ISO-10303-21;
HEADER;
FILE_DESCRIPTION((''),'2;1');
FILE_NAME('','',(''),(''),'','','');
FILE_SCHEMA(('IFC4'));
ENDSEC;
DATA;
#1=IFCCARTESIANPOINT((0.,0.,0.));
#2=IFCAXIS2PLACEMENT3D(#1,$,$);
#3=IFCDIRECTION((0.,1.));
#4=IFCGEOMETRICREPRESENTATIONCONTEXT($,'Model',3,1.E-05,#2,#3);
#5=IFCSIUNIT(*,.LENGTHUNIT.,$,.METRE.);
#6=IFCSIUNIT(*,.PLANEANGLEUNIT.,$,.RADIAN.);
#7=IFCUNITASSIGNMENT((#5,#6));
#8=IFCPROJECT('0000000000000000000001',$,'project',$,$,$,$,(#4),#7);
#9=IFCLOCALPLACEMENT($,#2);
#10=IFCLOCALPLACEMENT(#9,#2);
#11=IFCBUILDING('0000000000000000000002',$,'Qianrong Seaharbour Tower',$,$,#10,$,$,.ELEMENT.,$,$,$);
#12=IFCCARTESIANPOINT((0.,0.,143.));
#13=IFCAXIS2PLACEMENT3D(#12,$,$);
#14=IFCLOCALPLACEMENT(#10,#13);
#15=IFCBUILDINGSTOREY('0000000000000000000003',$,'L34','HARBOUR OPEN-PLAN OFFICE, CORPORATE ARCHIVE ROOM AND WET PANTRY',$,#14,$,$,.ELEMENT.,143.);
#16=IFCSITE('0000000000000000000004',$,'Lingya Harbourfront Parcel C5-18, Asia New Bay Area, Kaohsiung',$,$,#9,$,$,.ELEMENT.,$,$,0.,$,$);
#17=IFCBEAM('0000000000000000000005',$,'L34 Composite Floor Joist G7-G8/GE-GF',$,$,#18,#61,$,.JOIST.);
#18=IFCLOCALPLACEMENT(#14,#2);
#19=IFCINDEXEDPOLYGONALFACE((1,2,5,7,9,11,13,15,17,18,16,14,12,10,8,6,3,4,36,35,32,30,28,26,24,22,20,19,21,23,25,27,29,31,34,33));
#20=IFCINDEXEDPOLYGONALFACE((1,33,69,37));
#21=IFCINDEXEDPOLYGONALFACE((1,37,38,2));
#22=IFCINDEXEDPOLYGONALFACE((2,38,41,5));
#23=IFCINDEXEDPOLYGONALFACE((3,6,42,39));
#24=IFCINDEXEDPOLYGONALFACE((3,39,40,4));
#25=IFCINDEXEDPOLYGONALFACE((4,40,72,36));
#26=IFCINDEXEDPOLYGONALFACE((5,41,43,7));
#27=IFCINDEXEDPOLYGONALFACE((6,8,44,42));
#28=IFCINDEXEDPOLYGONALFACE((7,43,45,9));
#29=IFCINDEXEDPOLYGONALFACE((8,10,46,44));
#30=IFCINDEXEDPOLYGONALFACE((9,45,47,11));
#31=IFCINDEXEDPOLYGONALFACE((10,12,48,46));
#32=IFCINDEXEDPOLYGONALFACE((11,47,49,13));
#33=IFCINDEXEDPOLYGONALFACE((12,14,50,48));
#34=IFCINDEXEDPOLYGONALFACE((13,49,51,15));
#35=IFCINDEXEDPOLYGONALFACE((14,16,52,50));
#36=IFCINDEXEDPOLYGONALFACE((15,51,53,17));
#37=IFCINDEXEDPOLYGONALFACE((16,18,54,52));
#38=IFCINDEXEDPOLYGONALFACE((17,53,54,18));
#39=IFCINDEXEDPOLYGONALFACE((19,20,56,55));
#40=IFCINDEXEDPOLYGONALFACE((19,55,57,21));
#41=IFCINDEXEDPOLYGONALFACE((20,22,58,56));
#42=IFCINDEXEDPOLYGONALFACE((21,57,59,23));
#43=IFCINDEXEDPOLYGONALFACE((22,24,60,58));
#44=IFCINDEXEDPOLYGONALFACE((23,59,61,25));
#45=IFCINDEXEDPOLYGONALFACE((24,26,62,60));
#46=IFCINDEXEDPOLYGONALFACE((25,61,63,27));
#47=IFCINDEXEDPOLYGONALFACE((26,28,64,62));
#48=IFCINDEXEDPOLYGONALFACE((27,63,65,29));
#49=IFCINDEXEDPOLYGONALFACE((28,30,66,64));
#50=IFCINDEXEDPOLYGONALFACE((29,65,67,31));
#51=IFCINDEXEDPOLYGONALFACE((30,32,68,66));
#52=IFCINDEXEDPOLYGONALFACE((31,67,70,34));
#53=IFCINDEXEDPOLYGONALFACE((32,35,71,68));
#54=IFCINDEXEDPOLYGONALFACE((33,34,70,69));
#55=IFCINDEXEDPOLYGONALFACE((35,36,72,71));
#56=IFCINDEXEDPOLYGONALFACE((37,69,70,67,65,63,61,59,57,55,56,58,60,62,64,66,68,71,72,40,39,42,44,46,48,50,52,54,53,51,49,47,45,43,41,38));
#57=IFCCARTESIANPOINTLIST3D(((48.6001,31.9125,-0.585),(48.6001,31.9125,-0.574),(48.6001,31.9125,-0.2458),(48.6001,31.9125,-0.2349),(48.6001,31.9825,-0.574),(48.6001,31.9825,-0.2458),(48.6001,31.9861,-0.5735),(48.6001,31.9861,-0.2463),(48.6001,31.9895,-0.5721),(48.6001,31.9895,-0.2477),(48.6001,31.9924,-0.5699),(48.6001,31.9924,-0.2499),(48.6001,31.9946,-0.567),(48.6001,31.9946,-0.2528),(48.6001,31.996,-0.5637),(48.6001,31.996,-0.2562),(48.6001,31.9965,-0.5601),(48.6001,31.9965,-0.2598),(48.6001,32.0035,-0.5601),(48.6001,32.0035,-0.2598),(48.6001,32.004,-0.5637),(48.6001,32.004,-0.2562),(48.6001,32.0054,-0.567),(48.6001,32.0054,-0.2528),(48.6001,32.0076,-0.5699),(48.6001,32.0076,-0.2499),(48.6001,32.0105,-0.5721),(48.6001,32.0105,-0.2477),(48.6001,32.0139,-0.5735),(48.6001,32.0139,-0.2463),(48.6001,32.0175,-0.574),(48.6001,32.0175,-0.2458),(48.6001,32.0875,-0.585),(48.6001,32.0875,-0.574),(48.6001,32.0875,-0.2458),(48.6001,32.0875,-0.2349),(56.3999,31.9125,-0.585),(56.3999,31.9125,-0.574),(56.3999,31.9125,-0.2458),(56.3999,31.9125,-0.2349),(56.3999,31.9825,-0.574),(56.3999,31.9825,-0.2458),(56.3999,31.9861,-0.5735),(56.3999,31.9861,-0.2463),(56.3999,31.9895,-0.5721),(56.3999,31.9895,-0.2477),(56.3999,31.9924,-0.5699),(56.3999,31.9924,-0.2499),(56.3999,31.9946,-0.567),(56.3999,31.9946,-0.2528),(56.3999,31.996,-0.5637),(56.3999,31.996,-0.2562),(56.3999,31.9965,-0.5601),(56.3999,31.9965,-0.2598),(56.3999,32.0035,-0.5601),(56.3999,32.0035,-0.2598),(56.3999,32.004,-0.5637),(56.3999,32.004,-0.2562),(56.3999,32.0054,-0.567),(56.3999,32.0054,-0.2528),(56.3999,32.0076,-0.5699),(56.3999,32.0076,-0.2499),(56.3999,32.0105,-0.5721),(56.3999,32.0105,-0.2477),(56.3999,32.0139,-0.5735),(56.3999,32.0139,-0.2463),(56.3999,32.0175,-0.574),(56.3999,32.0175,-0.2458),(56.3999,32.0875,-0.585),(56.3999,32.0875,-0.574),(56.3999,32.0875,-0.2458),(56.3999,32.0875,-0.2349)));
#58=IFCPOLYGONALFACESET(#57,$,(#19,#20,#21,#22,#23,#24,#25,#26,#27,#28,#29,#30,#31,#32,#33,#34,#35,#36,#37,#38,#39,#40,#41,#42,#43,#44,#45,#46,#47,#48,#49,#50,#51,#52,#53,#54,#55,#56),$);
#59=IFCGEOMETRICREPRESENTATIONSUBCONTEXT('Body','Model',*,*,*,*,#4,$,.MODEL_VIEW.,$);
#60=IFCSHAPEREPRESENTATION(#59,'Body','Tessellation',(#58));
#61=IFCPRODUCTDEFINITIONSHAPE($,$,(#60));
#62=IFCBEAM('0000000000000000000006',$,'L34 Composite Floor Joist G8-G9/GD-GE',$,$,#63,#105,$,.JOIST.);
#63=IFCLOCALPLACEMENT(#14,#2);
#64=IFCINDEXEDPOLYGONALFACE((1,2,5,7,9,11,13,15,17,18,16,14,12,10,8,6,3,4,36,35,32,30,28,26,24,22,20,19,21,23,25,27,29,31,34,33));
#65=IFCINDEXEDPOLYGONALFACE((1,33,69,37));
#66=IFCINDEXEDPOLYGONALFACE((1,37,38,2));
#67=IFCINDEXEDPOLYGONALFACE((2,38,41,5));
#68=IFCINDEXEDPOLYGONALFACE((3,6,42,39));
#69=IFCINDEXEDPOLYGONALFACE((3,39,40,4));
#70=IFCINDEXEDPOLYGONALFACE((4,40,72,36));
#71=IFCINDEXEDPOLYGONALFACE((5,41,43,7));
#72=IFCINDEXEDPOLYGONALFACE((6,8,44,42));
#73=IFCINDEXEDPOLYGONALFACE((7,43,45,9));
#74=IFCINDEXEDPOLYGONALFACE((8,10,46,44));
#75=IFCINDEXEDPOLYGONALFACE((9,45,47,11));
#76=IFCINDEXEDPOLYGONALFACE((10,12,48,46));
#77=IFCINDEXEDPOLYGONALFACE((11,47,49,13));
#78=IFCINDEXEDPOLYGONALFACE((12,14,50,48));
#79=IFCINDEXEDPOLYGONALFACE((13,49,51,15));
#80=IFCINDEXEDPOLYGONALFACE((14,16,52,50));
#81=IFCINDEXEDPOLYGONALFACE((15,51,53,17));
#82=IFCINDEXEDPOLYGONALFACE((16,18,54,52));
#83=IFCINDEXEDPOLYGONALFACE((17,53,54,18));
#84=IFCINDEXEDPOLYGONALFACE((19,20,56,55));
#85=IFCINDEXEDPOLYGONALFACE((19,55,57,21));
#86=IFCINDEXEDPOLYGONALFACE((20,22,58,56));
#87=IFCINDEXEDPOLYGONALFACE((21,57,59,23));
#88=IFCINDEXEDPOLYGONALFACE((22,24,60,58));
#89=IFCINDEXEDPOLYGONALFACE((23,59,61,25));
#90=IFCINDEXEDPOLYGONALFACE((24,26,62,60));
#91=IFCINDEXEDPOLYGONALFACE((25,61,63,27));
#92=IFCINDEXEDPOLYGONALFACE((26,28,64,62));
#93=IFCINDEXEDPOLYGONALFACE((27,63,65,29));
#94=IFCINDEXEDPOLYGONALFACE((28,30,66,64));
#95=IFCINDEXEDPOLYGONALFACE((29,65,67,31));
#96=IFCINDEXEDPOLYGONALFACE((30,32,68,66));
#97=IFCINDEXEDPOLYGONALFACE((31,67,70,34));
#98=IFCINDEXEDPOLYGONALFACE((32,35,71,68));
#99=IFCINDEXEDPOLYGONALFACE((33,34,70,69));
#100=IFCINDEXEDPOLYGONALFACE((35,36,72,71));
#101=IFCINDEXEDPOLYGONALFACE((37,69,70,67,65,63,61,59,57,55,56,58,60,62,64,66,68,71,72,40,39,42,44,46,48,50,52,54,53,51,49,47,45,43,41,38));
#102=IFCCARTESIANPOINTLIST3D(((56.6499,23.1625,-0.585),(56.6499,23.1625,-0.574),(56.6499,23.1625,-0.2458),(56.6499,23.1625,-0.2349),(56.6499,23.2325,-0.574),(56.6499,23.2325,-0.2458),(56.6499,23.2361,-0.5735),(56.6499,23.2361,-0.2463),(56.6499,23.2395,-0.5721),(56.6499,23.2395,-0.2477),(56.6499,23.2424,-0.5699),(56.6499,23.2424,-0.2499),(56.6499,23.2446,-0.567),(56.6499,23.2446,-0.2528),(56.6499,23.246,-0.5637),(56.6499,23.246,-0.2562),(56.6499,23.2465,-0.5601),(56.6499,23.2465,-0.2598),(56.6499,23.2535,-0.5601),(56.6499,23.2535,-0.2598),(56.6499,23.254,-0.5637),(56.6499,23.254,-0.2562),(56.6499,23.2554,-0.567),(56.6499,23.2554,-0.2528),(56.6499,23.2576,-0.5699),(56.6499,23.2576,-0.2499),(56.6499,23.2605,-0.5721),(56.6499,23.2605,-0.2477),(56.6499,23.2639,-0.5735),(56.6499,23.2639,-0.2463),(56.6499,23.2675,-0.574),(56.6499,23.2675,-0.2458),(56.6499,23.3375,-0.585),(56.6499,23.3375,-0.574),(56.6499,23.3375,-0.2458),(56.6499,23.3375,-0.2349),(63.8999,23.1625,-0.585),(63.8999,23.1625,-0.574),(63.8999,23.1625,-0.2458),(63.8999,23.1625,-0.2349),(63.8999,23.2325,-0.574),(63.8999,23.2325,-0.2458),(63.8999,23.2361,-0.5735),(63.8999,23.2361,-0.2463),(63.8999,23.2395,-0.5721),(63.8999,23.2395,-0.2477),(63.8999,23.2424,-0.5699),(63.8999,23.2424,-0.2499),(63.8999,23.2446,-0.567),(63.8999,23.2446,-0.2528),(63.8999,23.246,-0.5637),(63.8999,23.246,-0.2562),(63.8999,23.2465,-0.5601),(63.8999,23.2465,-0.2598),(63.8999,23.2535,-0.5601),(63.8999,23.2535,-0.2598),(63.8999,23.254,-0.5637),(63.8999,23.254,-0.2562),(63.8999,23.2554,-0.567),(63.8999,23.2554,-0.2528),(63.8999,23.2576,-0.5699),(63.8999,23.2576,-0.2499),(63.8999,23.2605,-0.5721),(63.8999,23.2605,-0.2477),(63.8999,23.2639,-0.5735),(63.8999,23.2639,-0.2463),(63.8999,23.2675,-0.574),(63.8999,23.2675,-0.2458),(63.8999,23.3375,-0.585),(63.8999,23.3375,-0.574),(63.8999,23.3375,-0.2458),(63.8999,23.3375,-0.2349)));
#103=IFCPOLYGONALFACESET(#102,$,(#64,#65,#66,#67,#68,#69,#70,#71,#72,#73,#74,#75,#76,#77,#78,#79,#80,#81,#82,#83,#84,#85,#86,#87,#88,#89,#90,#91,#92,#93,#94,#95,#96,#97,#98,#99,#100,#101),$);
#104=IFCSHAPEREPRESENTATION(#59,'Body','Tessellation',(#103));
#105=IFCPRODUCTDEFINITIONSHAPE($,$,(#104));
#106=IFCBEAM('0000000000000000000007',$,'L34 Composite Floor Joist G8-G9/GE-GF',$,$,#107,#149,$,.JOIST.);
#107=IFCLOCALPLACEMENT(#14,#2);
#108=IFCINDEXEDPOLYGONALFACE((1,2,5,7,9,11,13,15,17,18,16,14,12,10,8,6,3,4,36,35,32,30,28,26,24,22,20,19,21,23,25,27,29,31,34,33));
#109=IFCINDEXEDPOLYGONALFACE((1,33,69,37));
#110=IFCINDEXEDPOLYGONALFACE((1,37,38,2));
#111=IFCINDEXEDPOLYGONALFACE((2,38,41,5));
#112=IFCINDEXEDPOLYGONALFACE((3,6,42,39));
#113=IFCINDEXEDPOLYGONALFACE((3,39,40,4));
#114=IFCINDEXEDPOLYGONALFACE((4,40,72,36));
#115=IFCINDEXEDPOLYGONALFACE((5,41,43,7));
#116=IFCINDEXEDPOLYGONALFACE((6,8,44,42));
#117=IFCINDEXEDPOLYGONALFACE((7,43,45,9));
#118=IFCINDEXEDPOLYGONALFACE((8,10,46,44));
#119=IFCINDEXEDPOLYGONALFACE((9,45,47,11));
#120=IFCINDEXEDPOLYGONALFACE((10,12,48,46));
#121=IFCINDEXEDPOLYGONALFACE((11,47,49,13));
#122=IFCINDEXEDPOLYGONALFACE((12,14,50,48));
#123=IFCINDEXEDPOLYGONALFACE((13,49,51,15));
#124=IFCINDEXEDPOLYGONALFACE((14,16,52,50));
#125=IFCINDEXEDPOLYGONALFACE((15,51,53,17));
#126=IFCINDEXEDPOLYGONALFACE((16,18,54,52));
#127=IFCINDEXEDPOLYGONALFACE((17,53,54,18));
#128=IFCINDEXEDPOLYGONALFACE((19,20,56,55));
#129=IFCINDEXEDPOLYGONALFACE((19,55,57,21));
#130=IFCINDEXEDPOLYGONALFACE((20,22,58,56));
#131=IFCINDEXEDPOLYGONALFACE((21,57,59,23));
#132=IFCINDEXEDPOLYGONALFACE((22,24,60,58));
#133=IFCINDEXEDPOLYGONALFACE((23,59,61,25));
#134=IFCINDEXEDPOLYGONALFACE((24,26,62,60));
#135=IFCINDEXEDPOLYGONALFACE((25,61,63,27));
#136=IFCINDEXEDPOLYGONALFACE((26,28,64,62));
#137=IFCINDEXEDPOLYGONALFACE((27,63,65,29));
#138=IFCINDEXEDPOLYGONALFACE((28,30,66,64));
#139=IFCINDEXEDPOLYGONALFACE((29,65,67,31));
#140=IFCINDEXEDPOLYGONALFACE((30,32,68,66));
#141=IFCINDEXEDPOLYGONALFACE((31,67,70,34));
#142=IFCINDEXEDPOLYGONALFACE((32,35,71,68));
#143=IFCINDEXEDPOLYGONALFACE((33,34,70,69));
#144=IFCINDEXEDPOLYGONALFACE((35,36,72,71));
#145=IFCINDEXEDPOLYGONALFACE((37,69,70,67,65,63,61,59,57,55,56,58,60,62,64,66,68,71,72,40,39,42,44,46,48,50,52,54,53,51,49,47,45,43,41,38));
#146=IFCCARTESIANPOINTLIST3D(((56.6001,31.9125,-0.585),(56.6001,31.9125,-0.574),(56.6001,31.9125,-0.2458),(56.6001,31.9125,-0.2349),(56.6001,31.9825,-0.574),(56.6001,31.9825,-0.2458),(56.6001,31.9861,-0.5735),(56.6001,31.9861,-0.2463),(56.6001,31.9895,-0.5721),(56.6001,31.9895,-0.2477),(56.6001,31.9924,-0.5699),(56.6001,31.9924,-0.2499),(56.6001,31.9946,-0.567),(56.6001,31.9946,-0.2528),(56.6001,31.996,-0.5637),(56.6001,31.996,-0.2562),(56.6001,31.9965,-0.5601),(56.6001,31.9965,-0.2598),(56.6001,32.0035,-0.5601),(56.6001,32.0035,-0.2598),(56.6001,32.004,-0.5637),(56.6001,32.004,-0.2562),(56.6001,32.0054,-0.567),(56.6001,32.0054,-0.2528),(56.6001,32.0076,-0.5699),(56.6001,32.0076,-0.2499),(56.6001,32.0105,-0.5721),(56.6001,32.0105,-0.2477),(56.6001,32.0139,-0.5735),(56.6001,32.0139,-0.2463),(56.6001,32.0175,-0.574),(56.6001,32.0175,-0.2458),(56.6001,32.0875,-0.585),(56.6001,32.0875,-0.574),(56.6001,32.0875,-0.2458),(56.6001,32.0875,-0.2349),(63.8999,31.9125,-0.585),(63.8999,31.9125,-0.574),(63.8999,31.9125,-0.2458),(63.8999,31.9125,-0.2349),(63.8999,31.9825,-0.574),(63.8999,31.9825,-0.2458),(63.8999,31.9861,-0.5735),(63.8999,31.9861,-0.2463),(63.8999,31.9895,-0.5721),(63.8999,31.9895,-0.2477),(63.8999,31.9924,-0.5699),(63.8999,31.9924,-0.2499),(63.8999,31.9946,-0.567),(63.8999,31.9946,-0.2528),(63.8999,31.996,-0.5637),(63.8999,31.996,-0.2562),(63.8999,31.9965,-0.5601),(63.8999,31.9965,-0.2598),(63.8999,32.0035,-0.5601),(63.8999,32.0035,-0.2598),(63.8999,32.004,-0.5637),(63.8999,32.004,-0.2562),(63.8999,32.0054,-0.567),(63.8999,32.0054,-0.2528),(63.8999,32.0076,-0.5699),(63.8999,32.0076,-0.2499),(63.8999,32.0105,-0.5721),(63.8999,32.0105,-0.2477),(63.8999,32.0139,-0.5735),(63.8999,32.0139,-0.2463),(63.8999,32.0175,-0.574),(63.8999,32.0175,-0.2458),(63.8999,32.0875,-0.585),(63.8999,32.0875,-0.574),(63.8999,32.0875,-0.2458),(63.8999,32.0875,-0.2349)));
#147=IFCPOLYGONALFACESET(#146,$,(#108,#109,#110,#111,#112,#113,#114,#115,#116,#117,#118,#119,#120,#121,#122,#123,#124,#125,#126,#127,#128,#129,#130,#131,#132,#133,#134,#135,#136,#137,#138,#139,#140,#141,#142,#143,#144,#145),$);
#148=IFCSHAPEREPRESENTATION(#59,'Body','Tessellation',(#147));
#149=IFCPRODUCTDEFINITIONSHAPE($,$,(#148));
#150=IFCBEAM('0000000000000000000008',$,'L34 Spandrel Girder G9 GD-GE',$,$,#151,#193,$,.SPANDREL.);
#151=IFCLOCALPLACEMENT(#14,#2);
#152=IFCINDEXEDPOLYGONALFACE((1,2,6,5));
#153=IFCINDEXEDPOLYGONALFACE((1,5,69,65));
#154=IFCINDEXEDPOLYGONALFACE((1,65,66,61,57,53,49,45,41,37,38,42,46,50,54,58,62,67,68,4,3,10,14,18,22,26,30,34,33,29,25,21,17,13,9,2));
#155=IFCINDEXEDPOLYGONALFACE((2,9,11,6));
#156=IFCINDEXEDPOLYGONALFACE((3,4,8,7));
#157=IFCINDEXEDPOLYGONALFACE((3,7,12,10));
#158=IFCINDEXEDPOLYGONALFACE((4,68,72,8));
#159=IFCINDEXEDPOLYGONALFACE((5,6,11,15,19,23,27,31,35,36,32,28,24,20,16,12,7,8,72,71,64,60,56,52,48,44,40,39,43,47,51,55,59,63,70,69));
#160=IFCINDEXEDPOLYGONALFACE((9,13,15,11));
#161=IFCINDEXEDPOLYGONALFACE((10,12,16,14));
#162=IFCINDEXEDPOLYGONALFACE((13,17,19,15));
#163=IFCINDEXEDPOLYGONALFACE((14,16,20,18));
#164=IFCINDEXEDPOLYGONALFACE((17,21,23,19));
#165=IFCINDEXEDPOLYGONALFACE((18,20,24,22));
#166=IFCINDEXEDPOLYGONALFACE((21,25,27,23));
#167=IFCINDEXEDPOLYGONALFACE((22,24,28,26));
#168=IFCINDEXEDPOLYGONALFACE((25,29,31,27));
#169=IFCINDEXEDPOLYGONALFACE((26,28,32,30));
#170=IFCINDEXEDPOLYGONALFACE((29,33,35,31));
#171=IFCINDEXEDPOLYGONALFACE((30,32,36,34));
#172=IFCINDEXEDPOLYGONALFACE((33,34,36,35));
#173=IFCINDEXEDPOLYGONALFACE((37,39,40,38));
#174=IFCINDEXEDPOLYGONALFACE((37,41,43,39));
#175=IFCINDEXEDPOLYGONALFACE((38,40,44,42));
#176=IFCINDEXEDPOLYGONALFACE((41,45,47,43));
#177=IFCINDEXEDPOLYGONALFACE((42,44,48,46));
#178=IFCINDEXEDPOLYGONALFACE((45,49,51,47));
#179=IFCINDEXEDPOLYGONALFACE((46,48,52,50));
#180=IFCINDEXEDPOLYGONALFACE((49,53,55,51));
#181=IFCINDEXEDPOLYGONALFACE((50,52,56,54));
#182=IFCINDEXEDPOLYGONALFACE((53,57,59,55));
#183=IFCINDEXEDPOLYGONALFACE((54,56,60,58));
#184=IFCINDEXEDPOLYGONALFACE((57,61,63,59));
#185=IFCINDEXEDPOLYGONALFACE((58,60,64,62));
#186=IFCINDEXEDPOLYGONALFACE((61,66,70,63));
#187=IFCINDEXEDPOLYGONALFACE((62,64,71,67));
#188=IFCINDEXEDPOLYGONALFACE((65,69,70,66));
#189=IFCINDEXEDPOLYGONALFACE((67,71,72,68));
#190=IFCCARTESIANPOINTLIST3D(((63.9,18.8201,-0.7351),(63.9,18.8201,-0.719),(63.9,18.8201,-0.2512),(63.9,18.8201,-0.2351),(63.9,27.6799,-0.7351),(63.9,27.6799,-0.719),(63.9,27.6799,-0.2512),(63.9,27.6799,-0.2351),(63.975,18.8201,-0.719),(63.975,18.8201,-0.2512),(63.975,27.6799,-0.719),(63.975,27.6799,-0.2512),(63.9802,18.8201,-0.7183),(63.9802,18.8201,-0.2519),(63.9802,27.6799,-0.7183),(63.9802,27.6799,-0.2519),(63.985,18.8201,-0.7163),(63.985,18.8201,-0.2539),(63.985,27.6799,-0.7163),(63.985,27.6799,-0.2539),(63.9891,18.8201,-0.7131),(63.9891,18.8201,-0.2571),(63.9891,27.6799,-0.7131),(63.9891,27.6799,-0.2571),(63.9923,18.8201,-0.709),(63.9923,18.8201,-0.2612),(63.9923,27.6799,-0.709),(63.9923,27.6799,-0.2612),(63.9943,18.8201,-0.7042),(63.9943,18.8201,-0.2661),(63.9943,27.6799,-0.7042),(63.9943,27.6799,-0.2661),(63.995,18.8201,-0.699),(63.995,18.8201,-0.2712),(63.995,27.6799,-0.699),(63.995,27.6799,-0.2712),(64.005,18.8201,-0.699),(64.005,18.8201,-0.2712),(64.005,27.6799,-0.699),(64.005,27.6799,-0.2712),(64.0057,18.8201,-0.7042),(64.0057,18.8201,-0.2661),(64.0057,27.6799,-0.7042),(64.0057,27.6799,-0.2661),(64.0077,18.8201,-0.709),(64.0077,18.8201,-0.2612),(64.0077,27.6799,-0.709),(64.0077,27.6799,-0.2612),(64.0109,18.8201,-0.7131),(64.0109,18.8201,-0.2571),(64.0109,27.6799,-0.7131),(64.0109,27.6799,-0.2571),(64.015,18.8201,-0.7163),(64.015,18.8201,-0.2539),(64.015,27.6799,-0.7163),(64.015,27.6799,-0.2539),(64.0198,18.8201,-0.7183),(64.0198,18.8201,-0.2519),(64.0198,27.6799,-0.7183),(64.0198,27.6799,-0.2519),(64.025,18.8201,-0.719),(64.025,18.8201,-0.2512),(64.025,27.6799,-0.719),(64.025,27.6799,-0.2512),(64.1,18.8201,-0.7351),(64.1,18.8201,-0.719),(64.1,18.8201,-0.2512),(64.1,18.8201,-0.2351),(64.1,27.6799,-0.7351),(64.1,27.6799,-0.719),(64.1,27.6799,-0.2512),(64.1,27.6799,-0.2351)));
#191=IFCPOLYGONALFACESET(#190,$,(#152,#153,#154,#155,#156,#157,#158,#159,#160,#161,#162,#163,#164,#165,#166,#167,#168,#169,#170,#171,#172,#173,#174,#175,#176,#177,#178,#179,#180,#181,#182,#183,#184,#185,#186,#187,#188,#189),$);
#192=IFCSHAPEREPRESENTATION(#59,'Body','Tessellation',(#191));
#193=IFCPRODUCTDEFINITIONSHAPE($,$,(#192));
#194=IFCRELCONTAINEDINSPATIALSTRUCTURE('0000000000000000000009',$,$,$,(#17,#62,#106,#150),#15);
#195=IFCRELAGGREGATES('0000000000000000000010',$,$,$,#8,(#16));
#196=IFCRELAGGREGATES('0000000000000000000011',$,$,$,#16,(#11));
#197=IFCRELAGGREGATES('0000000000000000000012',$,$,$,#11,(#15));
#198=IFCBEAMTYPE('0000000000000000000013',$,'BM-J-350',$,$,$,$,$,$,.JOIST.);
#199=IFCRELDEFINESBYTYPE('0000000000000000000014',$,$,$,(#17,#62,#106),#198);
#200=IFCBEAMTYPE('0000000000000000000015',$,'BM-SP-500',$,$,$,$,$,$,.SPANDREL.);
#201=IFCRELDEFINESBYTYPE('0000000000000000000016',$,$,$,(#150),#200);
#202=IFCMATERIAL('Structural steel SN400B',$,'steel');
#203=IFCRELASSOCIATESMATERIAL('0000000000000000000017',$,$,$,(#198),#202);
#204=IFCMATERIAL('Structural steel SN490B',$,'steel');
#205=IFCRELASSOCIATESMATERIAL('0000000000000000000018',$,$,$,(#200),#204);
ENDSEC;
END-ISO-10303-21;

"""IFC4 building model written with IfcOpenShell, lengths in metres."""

from ifc_helpers import new_model, si_unit, direction, frame, origin, origin_2d, place, context, subcontext, project, spatial, i_section, extrude, material, material_profile, profile_set, type_object, element, save


model = new_model("IFC4")

# Units and contexts
model_context = context("Model", 3, precision=1e-05, world=origin(), true_north=direction((0.0, 1.0)))
body_context = subcontext(model_context, "Body", "Model", "MODEL_VIEW")
ifc_project = project(units=[si_unit("LENGTHUNIT", "METRE"), si_unit("PLANEANGLEUNIT", "RADIAN")], contexts=[model_context])

# Site, building, storey
site_placement = place(None, origin())
site = spatial("IfcSite", under=ifc_project, at=site_placement, Name="Lingya Harbourfront Parcel C5-18, Asia New Bay Area, Kaohsiung", CompositionType="ELEMENT", RefElevation=0.0)
building_placement = place(site_placement, origin())
building = spatial("IfcBuilding", under=site, at=building_placement, Name="Qianrong Seaharbour Tower", CompositionType="ELEMENT")
storey_placement = place(building_placement, frame((0.0, 0.0, 143.0)))
storey = spatial("IfcBuildingStorey", under=building, at=storey_placement, Name="L34", Description="HARBOUR OPEN-PLAN OFFICE, CORPORATE ARCHIVE ROOM AND WET PANTRY", CompositionType="ELEMENT", Elevation=143.0)

# Shared definitions
ifc_material_1 = material(Name="Structural steel SN490B", Category="steel")

# Beams
ifc_material_2 = material(Name="Structural steel SN400B", Category="steel")
ifc_material_profile_1 = material_profile(ifc_material_2, i_section(OverallWidth=0.175, OverallDepth=0.3501, WebThickness=0.0071, FlangeThickness=0.011, FilletRadius=0.0139, at=origin_2d()), Name="H350x175x7x11")
ifc_profile_set_1 = profile_set([ifc_material_profile_1], Name="Structural steel SN400B")
beam_type_1 = type_object("IfcBeamType", Name="BM-J-350", PredefinedType="JOIST", material=ifc_profile_set_1)
beam_1_placement = place(storey_placement, frame((48.6001, 32.0, -0.4099), z_axis=(1.0, 0.0, 0.0), x_axis=(0.0, 1.0, 0.0)))
element("IfcBeam", 1, at=beam_1_placement, inside=storey, type_object=beam_type_1, Name="L34 Composite Floor Joist G7-G8/GE-GF", PredefinedType="JOIST", context=body_context, shape_type="SweptSolid", body=[
    extrude(i_section(OverallWidth=0.175, OverallDepth=0.3501, WebThickness=0.0071, FlangeThickness=0.011, FilletRadius=0.0139, at=origin_2d()), origin(), (0.0, 0.0, 1.0), 7.7998),
])
beam_2_placement = place(storey_placement, frame((56.6499, 23.25, -0.4099), z_axis=(1.0, 0.0, 0.0), x_axis=(0.0, 1.0, 0.0)))
element("IfcBeam", 2, at=beam_2_placement, inside=storey, type_object=beam_type_1, Name="L34 Composite Floor Joist G8-G9/GD-GE", PredefinedType="JOIST", context=body_context, shape_type="SweptSolid", body=[
    extrude(i_section(OverallWidth=0.175, OverallDepth=0.3501, WebThickness=0.0071, FlangeThickness=0.011, FilletRadius=0.0139, at=origin_2d()), origin(), (0.0, 0.0, 1.0), 7.25),
])
beam_3_placement = place(storey_placement, frame((56.6001, 32.0, -0.4099), z_axis=(1.0, 0.0, 0.0), x_axis=(0.0, 1.0, 0.0)))
element("IfcBeam", 3, at=beam_3_placement, inside=storey, type_object=beam_type_1, Name="L34 Composite Floor Joist G8-G9/GE-GF", PredefinedType="JOIST", context=body_context, shape_type="SweptSolid", body=[
    extrude(i_section(OverallWidth=0.175, OverallDepth=0.3501, WebThickness=0.0071, FlangeThickness=0.011, FilletRadius=0.0139, at=origin_2d()), origin(), (0.0, 0.0, 1.0), 7.2998),
])
ifc_material_profile_2 = material_profile(ifc_material_1, i_section(OverallWidth=0.2, OverallDepth=0.5, WebThickness=0.01, FlangeThickness=0.0161, FilletRadius=0.02, at=origin_2d()), Name="H500x200x10x16")
ifc_profile_set_2 = profile_set([ifc_material_profile_2], Name="Structural steel SN490B")
beam_type_2 = type_object("IfcBeamType", Name="BM-SP-500", PredefinedType="SPANDREL", material=ifc_profile_set_2)
beam_4_placement = place(storey_placement, frame((64.0, 18.8201, -0.4851), z_axis=(0.0, 1.0, 0.0), x_axis=(-1.0, 0.0, 0.0)))
element("IfcBeam", 4, at=beam_4_placement, inside=storey, type_object=beam_type_2, Name="L34 Spandrel Girder G9 GD-GE", PredefinedType="SPANDREL", context=body_context, shape_type="SweptSolid", body=[
    extrude(i_section(OverallWidth=0.2, OverallDepth=0.5, WebThickness=0.01, FlangeThickness=0.0161, FilletRadius=0.02, at=origin_2d()), origin(), (0.0, 0.0, 1.0), 8.8599),
])

save(model, "model.ifc")
